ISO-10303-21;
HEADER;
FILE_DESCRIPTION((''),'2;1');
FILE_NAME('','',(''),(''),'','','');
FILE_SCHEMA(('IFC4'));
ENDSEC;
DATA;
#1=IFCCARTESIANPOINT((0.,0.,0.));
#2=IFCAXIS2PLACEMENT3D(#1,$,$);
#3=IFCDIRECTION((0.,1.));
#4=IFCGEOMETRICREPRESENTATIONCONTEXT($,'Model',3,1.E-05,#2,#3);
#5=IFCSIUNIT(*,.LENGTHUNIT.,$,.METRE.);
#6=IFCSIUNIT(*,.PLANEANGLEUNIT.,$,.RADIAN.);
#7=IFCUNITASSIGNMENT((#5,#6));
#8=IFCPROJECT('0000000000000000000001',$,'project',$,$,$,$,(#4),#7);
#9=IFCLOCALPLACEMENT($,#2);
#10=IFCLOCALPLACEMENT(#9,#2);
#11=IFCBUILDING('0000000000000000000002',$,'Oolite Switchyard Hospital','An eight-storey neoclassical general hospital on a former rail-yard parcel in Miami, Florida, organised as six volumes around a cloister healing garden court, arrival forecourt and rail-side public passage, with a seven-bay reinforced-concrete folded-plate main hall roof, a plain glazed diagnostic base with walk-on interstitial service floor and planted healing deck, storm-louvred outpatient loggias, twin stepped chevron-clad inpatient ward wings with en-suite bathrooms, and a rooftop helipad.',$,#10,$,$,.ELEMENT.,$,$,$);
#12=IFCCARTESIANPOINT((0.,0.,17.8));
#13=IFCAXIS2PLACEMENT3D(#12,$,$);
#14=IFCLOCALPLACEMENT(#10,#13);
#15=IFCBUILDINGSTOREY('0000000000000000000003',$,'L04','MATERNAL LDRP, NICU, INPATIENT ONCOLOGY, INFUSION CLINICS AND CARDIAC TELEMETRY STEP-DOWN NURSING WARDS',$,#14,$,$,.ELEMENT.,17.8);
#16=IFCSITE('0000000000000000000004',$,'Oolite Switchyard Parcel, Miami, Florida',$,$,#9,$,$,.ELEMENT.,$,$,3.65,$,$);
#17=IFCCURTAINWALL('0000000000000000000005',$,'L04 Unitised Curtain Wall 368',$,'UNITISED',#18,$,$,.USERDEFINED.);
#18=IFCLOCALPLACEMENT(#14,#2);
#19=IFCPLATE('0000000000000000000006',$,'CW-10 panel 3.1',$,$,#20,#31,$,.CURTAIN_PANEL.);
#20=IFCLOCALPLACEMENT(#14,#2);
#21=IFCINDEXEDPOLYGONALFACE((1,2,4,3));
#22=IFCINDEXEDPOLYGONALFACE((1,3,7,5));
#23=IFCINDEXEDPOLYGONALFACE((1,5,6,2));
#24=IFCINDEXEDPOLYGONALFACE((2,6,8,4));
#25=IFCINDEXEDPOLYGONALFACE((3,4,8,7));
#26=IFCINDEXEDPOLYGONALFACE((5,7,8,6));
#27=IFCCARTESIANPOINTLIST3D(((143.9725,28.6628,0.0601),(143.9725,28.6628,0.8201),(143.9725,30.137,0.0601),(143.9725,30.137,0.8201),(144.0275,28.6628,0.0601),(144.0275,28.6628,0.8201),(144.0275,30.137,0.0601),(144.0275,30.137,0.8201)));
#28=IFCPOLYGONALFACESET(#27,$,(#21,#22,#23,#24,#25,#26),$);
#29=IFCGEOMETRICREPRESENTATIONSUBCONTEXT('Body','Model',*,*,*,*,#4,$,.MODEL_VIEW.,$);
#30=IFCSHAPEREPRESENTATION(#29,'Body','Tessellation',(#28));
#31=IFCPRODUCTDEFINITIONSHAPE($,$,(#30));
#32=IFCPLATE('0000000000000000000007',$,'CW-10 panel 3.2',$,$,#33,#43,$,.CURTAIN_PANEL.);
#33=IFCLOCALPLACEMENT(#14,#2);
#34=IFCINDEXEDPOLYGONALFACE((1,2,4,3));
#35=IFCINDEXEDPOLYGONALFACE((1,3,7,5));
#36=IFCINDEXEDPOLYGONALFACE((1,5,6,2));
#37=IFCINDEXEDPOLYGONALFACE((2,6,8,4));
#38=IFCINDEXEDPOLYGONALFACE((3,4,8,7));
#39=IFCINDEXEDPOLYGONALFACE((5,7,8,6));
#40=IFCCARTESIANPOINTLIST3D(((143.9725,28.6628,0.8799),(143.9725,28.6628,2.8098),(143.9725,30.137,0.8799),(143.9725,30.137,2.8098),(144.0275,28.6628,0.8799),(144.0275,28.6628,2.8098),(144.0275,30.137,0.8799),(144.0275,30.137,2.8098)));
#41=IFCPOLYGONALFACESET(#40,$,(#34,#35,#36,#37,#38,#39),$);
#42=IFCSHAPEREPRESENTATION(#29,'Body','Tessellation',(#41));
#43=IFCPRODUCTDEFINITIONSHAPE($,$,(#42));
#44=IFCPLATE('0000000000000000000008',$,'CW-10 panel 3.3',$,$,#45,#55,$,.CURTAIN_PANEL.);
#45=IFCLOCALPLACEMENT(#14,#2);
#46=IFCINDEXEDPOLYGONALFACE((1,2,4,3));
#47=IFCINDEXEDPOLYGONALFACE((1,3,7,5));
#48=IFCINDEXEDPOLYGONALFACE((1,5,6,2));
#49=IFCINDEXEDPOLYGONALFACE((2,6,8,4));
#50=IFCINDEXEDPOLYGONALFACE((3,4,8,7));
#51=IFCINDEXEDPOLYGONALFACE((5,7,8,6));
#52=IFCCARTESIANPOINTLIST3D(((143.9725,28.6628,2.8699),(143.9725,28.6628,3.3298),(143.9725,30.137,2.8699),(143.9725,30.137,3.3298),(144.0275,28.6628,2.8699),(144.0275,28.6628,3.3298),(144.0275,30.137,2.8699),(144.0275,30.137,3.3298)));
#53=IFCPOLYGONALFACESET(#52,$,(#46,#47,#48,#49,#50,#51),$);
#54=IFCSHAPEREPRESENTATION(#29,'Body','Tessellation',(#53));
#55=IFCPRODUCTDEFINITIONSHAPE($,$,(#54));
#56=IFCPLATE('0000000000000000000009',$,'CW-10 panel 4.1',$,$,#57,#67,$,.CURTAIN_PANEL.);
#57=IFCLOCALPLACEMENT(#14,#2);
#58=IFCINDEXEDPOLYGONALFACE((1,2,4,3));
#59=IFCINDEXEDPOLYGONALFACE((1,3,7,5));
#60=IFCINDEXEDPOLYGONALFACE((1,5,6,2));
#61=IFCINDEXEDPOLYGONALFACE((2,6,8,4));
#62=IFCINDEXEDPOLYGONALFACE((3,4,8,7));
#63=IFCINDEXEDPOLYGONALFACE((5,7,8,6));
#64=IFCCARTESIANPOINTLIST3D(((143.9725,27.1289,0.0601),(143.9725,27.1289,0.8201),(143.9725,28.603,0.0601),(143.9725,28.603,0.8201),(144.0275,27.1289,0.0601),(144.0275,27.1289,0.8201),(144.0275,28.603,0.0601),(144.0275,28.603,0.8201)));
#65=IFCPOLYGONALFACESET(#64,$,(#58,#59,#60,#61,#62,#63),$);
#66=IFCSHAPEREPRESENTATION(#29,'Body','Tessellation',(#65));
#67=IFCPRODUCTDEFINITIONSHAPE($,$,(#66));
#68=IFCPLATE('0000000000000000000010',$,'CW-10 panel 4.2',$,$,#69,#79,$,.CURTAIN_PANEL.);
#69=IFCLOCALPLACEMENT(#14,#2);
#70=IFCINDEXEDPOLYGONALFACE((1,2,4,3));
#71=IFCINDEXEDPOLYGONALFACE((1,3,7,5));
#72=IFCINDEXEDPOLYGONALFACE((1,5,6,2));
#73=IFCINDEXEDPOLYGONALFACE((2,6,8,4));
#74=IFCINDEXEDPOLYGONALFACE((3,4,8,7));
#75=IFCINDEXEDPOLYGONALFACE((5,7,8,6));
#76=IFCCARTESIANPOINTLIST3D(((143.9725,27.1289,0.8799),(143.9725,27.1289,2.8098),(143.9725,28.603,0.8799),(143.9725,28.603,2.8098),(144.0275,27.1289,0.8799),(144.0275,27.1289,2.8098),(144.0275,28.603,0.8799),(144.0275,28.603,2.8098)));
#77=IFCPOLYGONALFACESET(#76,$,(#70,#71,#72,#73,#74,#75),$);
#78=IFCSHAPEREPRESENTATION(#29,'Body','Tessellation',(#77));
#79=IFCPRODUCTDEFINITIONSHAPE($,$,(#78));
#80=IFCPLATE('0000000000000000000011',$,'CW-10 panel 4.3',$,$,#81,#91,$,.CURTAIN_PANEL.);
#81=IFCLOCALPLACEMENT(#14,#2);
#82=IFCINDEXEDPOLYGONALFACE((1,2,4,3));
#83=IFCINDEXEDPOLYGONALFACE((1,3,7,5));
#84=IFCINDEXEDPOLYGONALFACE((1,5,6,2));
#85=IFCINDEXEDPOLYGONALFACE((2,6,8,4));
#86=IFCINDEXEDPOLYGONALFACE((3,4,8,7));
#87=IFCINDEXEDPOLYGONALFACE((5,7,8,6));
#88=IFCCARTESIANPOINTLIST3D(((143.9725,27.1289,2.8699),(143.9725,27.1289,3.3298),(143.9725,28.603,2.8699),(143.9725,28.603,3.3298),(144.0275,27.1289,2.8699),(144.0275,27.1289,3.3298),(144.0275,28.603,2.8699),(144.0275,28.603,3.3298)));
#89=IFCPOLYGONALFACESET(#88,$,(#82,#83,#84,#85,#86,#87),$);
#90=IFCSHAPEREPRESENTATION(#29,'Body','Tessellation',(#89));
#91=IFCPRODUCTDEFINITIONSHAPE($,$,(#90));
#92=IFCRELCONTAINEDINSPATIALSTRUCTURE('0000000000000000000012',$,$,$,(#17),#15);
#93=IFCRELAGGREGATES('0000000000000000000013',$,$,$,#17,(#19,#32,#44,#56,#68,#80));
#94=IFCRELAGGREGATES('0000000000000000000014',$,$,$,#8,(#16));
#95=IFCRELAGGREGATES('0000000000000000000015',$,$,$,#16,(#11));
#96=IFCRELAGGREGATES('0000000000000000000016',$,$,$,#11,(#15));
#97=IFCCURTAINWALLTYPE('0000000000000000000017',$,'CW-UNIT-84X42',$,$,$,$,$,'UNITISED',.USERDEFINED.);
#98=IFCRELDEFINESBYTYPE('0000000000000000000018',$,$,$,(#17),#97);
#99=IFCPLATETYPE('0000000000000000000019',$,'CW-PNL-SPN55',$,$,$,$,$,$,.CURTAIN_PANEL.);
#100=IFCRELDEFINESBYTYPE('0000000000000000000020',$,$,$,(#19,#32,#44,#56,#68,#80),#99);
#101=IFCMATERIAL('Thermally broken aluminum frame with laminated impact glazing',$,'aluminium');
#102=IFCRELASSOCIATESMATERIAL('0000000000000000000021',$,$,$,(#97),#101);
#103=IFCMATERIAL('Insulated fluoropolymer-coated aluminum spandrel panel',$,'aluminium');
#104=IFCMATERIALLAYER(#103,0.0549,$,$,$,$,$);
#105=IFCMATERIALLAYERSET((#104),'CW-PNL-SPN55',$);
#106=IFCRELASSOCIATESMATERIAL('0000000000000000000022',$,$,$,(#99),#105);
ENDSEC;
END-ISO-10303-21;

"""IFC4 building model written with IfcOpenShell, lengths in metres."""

from ifc_helpers import new_model, si_unit, direction, frame, origin, origin_2d, place, context, subcontext, project, spatial, rectangle, extrude, material, layer, layer_set, type_object, element, aggregate, save


model = new_model("IFC4")

# Units and contexts
model_context = context("Model", 3, precision=1e-05, world=origin(), true_north=direction((0.0, 1.0)))
body_context = subcontext(model_context, "Body", "Model", "MODEL_VIEW")
ifc_project = project(units=[si_unit("LENGTHUNIT", "METRE"), si_unit("PLANEANGLEUNIT", "RADIAN")], contexts=[model_context])

# Site, building, storey
site_placement = place(None, origin())
site = spatial("IfcSite", under=ifc_project, at=site_placement, Name="Oolite Switchyard Parcel, Miami, Florida", CompositionType="ELEMENT", RefElevation=3.65)
building_placement = place(site_placement, origin())
building = spatial("IfcBuilding", under=site, at=building_placement, Name="Oolite Switchyard Hospital", Description="An eight-storey neoclassical general hospital on a former rail-yard parcel in Miami, Florida, organised as six volumes around a cloister healing garden court, arrival forecourt and rail-side public passage, with a seven-bay reinforced-concrete folded-plate main hall roof, a plain glazed diagnostic base with walk-on interstitial service floor and planted healing deck, storm-louvred outpatient loggias, twin stepped chevron-clad inpatient ward wings with en-suite bathrooms, and a rooftop helipad.", CompositionType="ELEMENT")
storey_placement = place(building_placement, frame((0.0, 0.0, 17.8)))
storey = spatial("IfcBuildingStorey", under=building, at=storey_placement, Name="L04", Description="MATERNAL LDRP, NICU, INPATIENT ONCOLOGY, INFUSION CLINICS AND CARDIAC TELEMETRY STEP-DOWN NURSING WARDS", CompositionType="ELEMENT", Elevation=17.8)

# Curtain wall, plates
ifc_material_1 = material(Name="Thermally broken aluminum frame with laminated impact glazing", Category="aluminium")
curtain_wall_type = type_object("IfcCurtainWallType", Name="CW-UNIT-84X42", ElementType="UNITISED", PredefinedType="USERDEFINED", material=ifc_material_1)
curtain_wall_placement = place(storey_placement, origin())
curtain_wall = element("IfcCurtainWall", 1, at=curtain_wall_placement, inside=storey, type_object=curtain_wall_type, Name="L04 Unitised Curtain Wall 368", ObjectType="UNITISED", PredefinedType="USERDEFINED")
ifc_material_2 = material(Name="Insulated fluoropolymer-coated aluminum spandrel panel", Category="aluminium")
ifc_layer = layer(ifc_material_2, 0.0549)
ifc_layer_set = layer_set([ifc_layer], Name="CW-PNL-SPN55")
plate_type = type_object("IfcPlateType", Name="CW-PNL-SPN55", PredefinedType="CURTAIN_PANEL", material=ifc_layer_set)
plate_1_placement = place(storey_placement, frame((144.0, 29.3999, 0.0601), z_axis=(0.0, 0.0, 1.0), x_axis=(0.0, -1.0, 0.0)))
plate_1 = element("IfcPlate", 2, at=plate_1_placement, type_object=plate_type, Name="CW-10 panel 3.1", PredefinedType="CURTAIN_PANEL", context=body_context, shape_type="SweptSolid", body=[
    extrude(rectangle(XDim=1.4741, YDim=0.0549, at=origin_2d()), origin(), (0.0, 0.0, 1.0), 0.76),
])
plate_2_placement = place(storey_placement, frame((144.0, 29.3999, 0.8799), z_axis=(0.0, 0.0, 1.0), x_axis=(0.0, -1.0, 0.0)))
plate_2 = element("IfcPlate", 3, at=plate_2_placement, type_object=plate_type, Name="CW-10 panel 3.2", PredefinedType="CURTAIN_PANEL", context=body_context, shape_type="SweptSolid", body=[
    extrude(rectangle(XDim=1.4741, YDim=0.0549, at=origin_2d()), origin(), (0.0, 0.0, 1.0), 1.9299),
])
plate_3_placement = place(storey_placement, frame((144.0, 29.3999, 2.8699), z_axis=(0.0, 0.0, 1.0), x_axis=(0.0, -1.0, 0.0)))
plate_3 = element("IfcPlate", 4, at=plate_3_placement, type_object=plate_type, Name="CW-10 panel 3.3", PredefinedType="CURTAIN_PANEL", context=body_context, shape_type="SweptSolid", body=[
    extrude(rectangle(XDim=1.4741, YDim=0.0549, at=origin_2d()), origin(), (0.0, 0.0, 1.0), 0.46),
])
plate_4_placement = place(storey_placement, frame((144.0, 27.866, 0.0601), z_axis=(0.0, 0.0, 1.0), x_axis=(0.0, -1.0, 0.0)))
plate_4 = element("IfcPlate", 5, at=plate_4_placement, type_object=plate_type, Name="CW-10 panel 4.1", PredefinedType="CURTAIN_PANEL", context=body_context, shape_type="SweptSolid", body=[
    extrude(rectangle(XDim=1.4741, YDim=0.0549, at=origin_2d()), origin(), (0.0, 0.0, 1.0), 0.76),
])
plate_5_placement = place(storey_placement, frame((144.0, 27.866, 0.8799), z_axis=(0.0, 0.0, 1.0), x_axis=(0.0, -1.0, 0.0)))
plate_5 = element("IfcPlate", 6, at=plate_5_placement, type_object=plate_type, Name="CW-10 panel 4.2", PredefinedType="CURTAIN_PANEL", context=body_context, shape_type="SweptSolid", body=[
    extrude(rectangle(XDim=1.4741, YDim=0.0549, at=origin_2d()), origin(), (0.0, 0.0, 1.0), 1.9299),
])
plate_6_placement = place(storey_placement, frame((144.0, 27.866, 2.8699), z_axis=(0.0, 0.0, 1.0), x_axis=(0.0, -1.0, 0.0)))
plate_6 = element("IfcPlate", 7, at=plate_6_placement, type_object=plate_type, Name="CW-10 panel 4.3", PredefinedType="CURTAIN_PANEL", context=body_context, shape_type="SweptSolid", body=[
    extrude(rectangle(XDim=1.4741, YDim=0.0549, at=origin_2d()), origin(), (0.0, 0.0, 1.0), 0.46),
])
aggregate(curtain_wall, [plate_1, plate_2, plate_3, plate_4, plate_5, plate_6])

save(model, "model.ifc")
